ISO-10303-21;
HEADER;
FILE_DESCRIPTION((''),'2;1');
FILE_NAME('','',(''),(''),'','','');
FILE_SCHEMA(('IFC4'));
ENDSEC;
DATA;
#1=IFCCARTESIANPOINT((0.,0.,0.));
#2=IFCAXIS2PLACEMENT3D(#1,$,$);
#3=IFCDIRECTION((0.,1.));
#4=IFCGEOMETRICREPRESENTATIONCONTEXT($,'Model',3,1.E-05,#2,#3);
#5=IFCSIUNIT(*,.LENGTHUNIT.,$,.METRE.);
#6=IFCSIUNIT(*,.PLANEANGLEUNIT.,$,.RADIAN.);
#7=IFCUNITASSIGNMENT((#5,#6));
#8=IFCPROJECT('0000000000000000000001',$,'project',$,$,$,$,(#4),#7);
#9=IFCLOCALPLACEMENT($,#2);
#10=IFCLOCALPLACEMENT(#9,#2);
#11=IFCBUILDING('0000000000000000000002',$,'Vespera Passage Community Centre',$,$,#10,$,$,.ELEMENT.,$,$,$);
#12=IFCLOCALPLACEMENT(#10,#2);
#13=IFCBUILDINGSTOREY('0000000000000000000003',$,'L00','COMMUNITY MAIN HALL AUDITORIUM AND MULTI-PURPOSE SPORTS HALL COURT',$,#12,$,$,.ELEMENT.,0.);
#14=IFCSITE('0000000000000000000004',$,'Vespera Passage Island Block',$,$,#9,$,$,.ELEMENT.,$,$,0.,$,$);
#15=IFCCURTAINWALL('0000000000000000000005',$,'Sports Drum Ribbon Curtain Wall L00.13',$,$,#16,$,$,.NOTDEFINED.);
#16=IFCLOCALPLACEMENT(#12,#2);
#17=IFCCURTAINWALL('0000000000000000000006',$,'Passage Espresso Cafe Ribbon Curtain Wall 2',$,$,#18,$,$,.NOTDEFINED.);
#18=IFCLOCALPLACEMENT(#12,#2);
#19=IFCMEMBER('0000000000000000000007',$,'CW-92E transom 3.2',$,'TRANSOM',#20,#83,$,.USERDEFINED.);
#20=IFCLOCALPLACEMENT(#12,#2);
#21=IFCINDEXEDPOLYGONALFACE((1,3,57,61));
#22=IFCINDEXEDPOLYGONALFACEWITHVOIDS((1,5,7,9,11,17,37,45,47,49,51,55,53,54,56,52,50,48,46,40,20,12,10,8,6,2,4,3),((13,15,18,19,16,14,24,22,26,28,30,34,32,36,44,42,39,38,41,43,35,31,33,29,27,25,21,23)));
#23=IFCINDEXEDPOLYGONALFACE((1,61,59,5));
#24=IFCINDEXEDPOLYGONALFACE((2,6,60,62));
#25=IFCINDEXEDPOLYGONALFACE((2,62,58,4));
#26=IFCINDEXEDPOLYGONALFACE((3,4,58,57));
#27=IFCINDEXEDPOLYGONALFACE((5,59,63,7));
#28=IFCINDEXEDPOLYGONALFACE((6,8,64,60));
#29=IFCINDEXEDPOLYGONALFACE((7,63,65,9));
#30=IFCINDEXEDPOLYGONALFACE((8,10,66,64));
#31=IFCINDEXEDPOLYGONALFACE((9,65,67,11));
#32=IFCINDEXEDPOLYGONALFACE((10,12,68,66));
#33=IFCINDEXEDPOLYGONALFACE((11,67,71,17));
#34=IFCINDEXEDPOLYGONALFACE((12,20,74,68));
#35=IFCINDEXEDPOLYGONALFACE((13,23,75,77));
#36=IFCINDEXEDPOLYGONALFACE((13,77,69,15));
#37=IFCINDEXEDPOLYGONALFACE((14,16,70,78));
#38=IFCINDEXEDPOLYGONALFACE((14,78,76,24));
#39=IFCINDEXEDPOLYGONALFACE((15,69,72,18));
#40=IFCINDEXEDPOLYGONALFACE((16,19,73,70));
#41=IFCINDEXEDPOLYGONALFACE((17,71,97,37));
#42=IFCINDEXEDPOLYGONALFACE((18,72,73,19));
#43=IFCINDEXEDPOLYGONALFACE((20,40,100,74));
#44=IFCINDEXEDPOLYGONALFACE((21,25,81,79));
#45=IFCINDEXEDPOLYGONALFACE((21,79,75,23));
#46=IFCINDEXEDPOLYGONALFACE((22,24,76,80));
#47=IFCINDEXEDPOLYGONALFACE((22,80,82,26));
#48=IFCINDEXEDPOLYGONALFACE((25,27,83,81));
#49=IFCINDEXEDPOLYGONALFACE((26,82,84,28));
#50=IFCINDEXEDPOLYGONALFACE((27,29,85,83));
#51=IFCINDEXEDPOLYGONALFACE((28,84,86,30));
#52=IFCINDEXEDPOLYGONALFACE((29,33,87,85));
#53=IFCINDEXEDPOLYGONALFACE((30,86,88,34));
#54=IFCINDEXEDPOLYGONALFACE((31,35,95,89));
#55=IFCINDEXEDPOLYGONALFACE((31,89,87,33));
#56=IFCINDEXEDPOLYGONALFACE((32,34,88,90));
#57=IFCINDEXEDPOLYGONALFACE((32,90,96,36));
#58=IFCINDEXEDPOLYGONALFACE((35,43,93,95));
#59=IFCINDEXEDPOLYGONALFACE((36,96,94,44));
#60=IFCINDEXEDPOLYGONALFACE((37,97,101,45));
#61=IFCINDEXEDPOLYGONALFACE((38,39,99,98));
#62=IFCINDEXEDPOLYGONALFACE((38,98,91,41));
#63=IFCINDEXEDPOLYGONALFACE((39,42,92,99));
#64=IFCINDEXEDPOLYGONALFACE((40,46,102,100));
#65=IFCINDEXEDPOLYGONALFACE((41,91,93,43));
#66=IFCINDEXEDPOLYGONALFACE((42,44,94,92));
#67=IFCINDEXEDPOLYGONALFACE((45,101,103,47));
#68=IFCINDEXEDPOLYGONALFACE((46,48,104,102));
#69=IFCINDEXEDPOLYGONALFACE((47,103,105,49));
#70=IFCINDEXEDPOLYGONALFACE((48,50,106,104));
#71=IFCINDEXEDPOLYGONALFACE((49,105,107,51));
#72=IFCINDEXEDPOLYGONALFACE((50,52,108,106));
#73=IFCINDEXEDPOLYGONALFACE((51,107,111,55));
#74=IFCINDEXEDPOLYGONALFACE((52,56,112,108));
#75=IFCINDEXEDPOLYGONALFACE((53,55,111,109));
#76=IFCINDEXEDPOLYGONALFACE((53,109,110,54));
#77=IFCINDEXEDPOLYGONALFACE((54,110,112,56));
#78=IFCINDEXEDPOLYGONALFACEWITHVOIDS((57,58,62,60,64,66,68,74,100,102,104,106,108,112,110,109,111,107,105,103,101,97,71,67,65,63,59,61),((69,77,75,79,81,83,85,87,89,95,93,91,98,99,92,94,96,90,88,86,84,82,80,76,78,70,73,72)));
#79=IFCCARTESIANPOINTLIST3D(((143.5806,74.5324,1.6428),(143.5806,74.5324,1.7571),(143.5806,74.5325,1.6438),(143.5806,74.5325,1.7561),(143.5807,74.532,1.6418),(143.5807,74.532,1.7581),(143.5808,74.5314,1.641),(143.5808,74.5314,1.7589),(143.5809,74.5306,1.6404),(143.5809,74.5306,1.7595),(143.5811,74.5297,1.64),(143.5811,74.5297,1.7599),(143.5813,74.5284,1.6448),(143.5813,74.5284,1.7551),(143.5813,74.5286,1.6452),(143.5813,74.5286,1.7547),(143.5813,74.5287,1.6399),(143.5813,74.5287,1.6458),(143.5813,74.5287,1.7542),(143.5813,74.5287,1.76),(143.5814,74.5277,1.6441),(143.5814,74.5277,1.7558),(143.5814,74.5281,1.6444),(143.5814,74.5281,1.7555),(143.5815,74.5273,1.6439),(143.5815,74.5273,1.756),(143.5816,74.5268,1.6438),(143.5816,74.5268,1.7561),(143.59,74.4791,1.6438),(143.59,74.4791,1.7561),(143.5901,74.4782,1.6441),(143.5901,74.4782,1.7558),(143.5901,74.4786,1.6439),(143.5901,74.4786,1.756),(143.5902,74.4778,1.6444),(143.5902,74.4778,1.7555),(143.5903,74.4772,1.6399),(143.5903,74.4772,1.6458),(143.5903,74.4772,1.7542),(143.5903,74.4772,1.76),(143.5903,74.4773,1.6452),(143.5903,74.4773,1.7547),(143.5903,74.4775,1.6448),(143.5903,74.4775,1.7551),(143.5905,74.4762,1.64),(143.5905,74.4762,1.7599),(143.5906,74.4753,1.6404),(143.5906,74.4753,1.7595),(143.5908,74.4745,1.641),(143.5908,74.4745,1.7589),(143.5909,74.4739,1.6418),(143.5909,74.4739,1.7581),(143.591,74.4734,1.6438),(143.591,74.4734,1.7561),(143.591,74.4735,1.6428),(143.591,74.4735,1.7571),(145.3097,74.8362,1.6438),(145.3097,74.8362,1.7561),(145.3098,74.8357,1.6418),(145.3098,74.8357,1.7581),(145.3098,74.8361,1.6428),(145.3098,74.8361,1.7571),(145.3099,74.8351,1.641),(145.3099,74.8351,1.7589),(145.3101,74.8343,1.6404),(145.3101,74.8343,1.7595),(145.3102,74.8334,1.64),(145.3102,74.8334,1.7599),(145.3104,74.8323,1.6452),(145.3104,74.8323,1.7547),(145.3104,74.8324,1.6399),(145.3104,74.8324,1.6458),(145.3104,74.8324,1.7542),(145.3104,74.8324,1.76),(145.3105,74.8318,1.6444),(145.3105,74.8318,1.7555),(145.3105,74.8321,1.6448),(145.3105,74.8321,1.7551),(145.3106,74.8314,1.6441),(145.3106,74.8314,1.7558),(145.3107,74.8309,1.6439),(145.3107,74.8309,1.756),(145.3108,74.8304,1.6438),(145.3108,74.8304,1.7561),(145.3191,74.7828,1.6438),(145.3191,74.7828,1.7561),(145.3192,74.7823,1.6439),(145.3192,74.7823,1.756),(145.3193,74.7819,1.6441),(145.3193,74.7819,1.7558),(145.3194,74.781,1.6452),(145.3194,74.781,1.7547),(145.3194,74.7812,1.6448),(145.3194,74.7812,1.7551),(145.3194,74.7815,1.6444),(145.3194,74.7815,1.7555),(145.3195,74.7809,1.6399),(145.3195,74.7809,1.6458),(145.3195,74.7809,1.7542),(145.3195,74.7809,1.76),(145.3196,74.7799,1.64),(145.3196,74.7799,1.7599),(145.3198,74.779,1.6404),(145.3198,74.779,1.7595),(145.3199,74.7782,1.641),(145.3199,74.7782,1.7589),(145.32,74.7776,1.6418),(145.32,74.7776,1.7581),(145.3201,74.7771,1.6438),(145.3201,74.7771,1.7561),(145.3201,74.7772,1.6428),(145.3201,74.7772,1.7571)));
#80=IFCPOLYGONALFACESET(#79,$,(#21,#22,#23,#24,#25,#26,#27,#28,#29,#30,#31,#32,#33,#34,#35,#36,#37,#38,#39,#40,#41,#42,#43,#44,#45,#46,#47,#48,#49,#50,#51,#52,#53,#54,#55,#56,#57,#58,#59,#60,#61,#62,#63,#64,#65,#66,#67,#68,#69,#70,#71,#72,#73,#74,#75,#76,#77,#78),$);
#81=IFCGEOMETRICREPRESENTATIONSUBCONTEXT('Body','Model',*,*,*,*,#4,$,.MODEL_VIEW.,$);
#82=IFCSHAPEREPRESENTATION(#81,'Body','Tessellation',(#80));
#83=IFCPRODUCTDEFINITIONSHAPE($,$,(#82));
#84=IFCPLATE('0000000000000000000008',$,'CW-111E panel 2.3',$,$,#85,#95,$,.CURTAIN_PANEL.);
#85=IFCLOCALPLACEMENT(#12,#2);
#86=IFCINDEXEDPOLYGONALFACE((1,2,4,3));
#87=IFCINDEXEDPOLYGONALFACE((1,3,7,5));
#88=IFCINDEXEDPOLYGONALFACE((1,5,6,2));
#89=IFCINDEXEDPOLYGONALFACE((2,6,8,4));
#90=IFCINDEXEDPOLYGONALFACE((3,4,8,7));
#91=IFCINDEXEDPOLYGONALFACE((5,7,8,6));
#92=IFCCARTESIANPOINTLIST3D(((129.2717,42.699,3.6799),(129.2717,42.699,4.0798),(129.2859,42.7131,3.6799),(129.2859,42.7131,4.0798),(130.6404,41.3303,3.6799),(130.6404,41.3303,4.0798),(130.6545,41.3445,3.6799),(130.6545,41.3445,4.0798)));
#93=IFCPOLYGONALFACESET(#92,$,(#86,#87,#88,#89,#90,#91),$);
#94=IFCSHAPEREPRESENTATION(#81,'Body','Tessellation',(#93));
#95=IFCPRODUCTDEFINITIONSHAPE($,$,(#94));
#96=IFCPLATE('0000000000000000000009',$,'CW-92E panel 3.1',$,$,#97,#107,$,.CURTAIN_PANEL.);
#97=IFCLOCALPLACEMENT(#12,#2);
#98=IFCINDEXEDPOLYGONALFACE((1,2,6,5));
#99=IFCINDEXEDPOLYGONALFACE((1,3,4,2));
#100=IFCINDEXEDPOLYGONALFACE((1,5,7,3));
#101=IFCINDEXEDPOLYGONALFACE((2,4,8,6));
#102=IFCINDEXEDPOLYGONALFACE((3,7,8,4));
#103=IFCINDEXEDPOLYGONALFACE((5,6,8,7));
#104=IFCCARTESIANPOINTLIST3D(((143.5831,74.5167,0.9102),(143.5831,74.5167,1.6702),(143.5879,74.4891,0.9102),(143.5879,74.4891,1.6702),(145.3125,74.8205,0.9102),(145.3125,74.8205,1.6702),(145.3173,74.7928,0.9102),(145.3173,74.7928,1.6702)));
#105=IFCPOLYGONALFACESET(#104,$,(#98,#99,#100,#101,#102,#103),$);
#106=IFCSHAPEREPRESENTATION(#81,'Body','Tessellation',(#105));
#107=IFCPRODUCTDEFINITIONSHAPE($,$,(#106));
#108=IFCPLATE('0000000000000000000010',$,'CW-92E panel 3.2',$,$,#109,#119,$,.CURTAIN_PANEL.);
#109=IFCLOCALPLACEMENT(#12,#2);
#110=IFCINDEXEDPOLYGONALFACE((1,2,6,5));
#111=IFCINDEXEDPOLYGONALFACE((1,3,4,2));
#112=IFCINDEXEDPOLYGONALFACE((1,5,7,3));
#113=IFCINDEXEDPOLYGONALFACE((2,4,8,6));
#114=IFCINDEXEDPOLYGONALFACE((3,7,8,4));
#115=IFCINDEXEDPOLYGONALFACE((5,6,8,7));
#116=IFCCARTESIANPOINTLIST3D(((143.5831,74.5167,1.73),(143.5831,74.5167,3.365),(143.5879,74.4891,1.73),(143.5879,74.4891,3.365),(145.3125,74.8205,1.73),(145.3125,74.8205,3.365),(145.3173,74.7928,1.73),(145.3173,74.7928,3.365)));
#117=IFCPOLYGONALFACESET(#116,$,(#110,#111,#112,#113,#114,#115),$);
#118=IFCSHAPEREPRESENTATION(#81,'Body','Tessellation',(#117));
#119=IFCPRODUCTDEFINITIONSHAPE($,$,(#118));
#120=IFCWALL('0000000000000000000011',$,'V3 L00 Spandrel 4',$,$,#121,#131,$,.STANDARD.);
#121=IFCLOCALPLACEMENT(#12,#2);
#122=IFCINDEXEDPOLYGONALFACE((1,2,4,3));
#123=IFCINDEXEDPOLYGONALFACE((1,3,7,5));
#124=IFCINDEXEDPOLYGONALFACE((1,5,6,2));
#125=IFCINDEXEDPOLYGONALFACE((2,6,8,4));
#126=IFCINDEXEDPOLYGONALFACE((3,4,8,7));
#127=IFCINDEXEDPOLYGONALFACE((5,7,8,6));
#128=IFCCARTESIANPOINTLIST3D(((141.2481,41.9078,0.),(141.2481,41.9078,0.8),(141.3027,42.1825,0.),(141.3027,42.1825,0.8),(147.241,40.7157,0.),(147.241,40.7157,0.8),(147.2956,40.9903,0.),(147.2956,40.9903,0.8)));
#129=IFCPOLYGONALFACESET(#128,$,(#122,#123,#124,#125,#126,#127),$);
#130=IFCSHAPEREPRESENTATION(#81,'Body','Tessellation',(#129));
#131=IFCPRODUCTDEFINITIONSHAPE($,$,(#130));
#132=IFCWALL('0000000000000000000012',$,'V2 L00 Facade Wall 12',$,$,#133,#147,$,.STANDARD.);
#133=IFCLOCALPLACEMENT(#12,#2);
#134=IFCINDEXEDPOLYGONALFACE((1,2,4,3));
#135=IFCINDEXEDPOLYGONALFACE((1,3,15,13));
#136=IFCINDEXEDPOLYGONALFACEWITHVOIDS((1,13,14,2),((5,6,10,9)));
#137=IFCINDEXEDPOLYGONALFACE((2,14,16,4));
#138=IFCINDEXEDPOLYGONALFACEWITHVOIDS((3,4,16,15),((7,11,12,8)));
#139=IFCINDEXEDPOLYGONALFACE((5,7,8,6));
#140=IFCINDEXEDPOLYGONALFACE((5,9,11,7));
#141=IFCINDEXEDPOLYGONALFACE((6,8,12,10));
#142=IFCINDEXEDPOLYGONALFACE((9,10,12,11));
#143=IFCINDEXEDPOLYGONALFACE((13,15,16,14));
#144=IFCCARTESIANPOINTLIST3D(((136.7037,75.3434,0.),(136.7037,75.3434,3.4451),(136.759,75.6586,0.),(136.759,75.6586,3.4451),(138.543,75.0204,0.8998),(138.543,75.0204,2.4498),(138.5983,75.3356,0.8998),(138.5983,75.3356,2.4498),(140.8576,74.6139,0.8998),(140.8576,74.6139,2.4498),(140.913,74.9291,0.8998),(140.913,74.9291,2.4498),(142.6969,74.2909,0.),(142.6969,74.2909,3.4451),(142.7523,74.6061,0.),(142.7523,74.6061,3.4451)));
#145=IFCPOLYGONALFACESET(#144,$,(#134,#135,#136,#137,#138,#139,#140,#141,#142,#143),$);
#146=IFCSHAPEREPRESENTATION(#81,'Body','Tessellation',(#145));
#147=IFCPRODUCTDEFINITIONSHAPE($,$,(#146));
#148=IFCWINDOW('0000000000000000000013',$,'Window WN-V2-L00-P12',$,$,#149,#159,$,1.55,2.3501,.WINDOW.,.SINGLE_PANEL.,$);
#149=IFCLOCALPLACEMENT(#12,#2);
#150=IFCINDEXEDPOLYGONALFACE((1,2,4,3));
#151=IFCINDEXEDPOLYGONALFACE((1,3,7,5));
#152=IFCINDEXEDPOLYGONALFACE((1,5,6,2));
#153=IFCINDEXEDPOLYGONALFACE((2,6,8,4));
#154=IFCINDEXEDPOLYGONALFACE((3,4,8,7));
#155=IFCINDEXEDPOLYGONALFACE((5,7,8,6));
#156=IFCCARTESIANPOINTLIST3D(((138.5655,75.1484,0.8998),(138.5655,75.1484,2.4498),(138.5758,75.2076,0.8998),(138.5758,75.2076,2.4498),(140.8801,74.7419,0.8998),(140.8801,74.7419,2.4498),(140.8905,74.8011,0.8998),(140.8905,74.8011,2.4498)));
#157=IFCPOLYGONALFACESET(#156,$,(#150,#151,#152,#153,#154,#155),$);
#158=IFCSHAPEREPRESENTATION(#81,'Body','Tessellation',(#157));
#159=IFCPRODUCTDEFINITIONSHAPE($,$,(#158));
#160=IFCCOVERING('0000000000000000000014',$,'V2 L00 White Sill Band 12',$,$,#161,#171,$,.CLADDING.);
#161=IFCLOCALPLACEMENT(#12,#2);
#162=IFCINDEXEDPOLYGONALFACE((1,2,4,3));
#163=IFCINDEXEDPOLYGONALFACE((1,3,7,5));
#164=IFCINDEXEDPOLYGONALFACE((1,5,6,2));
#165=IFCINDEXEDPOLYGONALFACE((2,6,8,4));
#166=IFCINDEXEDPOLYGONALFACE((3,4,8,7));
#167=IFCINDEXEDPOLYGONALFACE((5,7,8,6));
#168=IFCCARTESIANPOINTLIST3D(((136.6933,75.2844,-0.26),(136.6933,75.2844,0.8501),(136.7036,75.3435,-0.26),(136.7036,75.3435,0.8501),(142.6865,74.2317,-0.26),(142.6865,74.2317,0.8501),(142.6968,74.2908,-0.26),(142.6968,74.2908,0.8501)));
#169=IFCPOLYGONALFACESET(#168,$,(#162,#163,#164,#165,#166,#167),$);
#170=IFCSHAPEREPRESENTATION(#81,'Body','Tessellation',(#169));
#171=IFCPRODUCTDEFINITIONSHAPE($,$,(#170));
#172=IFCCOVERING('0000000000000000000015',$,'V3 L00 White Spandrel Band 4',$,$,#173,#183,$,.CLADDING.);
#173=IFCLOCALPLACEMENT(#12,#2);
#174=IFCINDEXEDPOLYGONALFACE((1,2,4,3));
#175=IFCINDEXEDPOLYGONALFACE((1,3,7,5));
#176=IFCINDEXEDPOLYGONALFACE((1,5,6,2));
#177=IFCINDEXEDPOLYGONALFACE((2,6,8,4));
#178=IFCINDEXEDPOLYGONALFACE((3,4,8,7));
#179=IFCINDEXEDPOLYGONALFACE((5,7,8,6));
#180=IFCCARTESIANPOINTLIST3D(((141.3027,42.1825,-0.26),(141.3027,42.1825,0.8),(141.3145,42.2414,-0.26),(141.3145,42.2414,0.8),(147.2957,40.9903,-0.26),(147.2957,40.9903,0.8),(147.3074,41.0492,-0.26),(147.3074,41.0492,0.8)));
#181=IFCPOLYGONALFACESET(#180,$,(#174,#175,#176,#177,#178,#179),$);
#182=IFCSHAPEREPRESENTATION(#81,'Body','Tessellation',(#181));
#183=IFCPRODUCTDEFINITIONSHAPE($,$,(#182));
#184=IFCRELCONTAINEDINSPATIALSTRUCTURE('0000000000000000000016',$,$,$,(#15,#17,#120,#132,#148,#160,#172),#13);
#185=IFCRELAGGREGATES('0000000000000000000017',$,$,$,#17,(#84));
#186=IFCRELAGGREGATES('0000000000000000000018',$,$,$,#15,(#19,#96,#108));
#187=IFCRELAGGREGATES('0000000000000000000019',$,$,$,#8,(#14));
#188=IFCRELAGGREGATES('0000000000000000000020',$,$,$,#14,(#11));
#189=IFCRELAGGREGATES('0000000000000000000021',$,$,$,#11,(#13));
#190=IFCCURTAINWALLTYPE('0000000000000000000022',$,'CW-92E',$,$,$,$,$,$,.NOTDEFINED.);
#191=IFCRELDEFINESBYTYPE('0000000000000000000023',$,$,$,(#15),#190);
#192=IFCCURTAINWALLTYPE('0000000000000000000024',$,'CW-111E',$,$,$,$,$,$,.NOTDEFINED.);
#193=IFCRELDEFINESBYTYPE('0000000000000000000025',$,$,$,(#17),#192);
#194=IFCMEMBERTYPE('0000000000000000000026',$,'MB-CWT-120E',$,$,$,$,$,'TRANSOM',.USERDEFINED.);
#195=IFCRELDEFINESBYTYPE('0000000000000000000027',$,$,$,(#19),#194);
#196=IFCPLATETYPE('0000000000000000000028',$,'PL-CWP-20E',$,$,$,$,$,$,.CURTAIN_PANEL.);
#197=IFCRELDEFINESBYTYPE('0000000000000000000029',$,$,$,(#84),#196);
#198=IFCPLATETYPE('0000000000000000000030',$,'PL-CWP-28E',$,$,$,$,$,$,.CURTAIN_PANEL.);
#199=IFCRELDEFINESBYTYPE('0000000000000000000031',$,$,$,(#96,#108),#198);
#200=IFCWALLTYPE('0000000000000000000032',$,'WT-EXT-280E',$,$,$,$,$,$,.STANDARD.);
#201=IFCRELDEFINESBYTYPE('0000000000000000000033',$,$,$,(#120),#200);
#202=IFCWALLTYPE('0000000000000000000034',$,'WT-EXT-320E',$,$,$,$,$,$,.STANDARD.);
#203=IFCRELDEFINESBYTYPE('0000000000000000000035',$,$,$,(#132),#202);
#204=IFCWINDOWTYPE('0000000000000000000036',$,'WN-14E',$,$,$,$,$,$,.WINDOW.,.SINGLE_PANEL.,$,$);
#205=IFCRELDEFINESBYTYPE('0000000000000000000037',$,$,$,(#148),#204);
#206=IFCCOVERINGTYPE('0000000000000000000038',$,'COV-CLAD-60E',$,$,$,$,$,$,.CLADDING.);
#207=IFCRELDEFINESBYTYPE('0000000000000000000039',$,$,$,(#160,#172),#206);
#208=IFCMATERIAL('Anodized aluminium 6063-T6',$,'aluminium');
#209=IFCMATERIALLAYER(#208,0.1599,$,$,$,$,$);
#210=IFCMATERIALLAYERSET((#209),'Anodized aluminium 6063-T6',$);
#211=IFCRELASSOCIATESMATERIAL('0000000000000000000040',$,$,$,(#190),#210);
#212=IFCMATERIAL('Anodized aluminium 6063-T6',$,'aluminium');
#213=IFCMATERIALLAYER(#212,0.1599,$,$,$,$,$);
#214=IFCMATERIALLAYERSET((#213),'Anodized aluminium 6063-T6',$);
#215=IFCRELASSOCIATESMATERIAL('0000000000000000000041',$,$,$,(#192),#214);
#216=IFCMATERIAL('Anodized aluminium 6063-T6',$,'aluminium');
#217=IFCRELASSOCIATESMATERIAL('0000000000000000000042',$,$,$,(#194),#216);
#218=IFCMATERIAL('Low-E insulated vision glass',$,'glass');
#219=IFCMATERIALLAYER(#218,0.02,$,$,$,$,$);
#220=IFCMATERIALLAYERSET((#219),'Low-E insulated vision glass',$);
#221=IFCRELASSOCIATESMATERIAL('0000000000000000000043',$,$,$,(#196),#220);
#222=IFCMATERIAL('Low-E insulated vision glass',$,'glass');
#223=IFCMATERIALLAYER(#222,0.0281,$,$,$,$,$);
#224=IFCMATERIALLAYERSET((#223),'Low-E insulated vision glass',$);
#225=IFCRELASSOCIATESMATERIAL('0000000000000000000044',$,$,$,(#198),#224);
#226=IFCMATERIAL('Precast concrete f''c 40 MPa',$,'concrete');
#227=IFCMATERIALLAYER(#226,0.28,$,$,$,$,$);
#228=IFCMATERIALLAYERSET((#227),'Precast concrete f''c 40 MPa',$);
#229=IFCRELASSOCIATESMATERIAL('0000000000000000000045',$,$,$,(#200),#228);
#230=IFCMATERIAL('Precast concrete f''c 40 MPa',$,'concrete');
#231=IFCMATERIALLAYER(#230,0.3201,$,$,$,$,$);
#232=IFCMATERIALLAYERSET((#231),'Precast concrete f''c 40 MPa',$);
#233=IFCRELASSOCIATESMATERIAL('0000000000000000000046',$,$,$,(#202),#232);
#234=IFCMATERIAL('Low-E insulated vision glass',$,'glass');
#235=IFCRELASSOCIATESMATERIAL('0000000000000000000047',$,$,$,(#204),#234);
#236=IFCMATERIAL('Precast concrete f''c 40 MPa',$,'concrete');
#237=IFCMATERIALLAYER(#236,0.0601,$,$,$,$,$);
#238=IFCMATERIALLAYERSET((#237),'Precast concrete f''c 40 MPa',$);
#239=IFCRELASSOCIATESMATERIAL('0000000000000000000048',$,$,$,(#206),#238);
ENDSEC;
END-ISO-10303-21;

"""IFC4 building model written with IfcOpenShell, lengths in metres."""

from ifc_helpers import new_model, si_unit, direction, frame, frame_2d, origin, origin_2d, place, context, subcontext, project, spatial, rectangle, hollow_rectangle, extrude, material, layer, layer_set, material_profile, profile_set, type_object, element, fill, aggregate, save


model = new_model("IFC4")

# Units and contexts
model_context = context("Model", 3, precision=1e-05, world=origin(), true_north=direction((0.0, 1.0)))
body_context = subcontext(model_context, "Body", "Model", "MODEL_VIEW")
ifc_project = project(units=[si_unit("LENGTHUNIT", "METRE"), si_unit("PLANEANGLEUNIT", "RADIAN")], contexts=[model_context])

# Site, building, storey
site_placement = place(None, origin())
site = spatial("IfcSite", under=ifc_project, at=site_placement, Name="Vespera Passage Island Block", CompositionType="ELEMENT", RefElevation=0.0)
building_placement = place(site_placement, origin())
building = spatial("IfcBuilding", under=site, at=building_placement, Name="Vespera Passage Community Centre", CompositionType="ELEMENT")
storey_placement = place(building_placement, origin())
storey = spatial("IfcBuildingStorey", under=building, at=storey_placement, Name="L00", Description="COMMUNITY MAIN HALL AUDITORIUM AND MULTI-PURPOSE SPORTS HALL COURT", CompositionType="ELEMENT", Elevation=0.0)

# Curtain wall
ifc_material_1 = material(Name="Anodized aluminium 6063-T6", Category="aluminium")
ifc_layer_1 = layer(ifc_material_1, 0.1599)
ifc_layer_set_1 = layer_set([ifc_layer_1], Name="Anodized aluminium 6063-T6")
curtain_wall_type_1 = type_object("IfcCurtainWallType", Name="CW-92E", PredefinedType="NOTDEFINED", material=ifc_layer_set_1)
curtain_wall_1_placement = place(storey_placement, origin())
curtain_wall_1 = element("IfcCurtainWall", 1, at=curtain_wall_1_placement, inside=storey, type_object=curtain_wall_type_1, Name="Sports Drum Ribbon Curtain Wall L00.13", PredefinedType="NOTDEFINED")

# Curtain wall
ifc_material_2 = material(Name="Anodized aluminium 6063-T6", Category="aluminium")
ifc_layer_2 = layer(ifc_material_2, 0.1599)
ifc_layer_set_2 = layer_set([ifc_layer_2], Name="Anodized aluminium 6063-T6")
curtain_wall_type_2 = type_object("IfcCurtainWallType", Name="CW-111E", PredefinedType="NOTDEFINED", material=ifc_layer_set_2)
curtain_wall_2_placement = place(storey_placement, origin())
curtain_wall_2 = element("IfcCurtainWall", 2, at=curtain_wall_2_placement, inside=storey, type_object=curtain_wall_type_2, Name="Passage Espresso Cafe Ribbon Curtain Wall 2", PredefinedType="NOTDEFINED")

# Member
ifc_material_3 = material(Name="Anodized aluminium 6063-T6", Category="aluminium")
ifc_material_profile_1 = material_profile(ifc_material_3, hollow_rectangle(XDim=0.0601, YDim=0.1201, WallThickness=0.0039, InnerFilletRadius=0.002, OuterFilletRadius=0.0039, at=origin_2d()), Name="ALU120X60X4")
ifc_profile_set_1 = profile_set([ifc_material_profile_1], Name="Anodized aluminium 6063-T6")
member_type_1 = type_object("IfcMemberType", Name="MB-CWT-120E", ElementType="TRANSOM", PredefinedType="USERDEFINED", material=ifc_profile_set_1)
member_1_placement = place(storey_placement, frame((145.3149, 74.8066, 1.7), z_axis=(-0.984925, -0.172984, 0.0), x_axis=(0.172984, -0.984925, 0.0)))
member_1 = element("IfcMember", 3, at=member_1_placement, type_object=member_type_1, Name="CW-92E transom 3.2", ObjectType="TRANSOM", PredefinedType="USERDEFINED", context=body_context, shape_type="SweptSolid", body=[
    extrude(hollow_rectangle(XDim=0.0601, YDim=0.1201, WallThickness=0.0039, InnerFilletRadius=0.002, OuterFilletRadius=0.0039, at=origin_2d()), origin(), (0.0, 0.0, 1.0), 1.7556),
])

# Plates
ifc_material_4 = material(Name="Low-E insulated vision glass", Category="glass")
ifc_layer_3 = layer(ifc_material_4, 0.02)
ifc_layer_set_3 = layer_set([ifc_layer_3], Name="Low-E insulated vision glass")
plate_type_1 = type_object("IfcPlateType", Name="PL-CWP-20E", PredefinedType="CURTAIN_PANEL", material=ifc_layer_set_3)
plate_1_placement = place(storey_placement, frame((129.9631, 42.0217, 3.6799), z_axis=(0.0, 0.0, 1.0), x_axis=(0.707107, -0.707107, 0.0)))
plate_1 = element("IfcPlate", 4, at=plate_1_placement, type_object=plate_type_1, Name="CW-111E panel 2.3", PredefinedType="CURTAIN_PANEL", context=body_context, shape_type="SweptSolid", body=[
    extrude(rectangle(XDim=1.9355, YDim=0.02, at=origin_2d()), origin(), (0.0, 0.0, 1.0), 0.3999),
])
aggregate(curtain_wall_2, [plate_1])
ifc_material_5 = material(Name="Low-E insulated vision glass", Category="glass")
ifc_layer_4 = layer(ifc_material_5, 0.0281)
ifc_layer_set_4 = layer_set([ifc_layer_4], Name="Low-E insulated vision glass")
plate_type_2 = type_object("IfcPlateType", Name="PL-CWP-28E", PredefinedType="CURTAIN_PANEL", material=ifc_layer_set_4)
plate_2_placement = place(storey_placement, frame((144.4502, 74.6548, 0.9102), z_axis=(0.0, 0.0, 1.0), x_axis=(-0.984923, -0.172994, 0.0)))
plate_2 = element("IfcPlate", 5, at=plate_2_placement, type_object=plate_type_2, Name="CW-92E panel 3.1", PredefinedType="CURTAIN_PANEL", context=body_context, shape_type="SweptSolid", body=[
    extrude(rectangle(XDim=1.7559, YDim=0.0281, at=origin_2d()), origin(), (0.0, 0.0, 1.0), 0.76),
])
plate_3_placement = place(storey_placement, frame((144.4502, 74.6548, 1.73), z_axis=(0.0, 0.0, 1.0), x_axis=(-0.984923, -0.172994, 0.0)))
plate_3 = element("IfcPlate", 6, at=plate_3_placement, type_object=plate_type_2, Name="CW-92E panel 3.2", PredefinedType="CURTAIN_PANEL", context=body_context, shape_type="SweptSolid", body=[
    extrude(rectangle(XDim=1.7559, YDim=0.0281, at=origin_2d()), origin(), (0.0, 0.0, 1.0), 1.635),
])
aggregate(curtain_wall_1, [member_1, plate_2, plate_3])

# Wall
ifc_material_6 = material(Name="Precast concrete f'c 40 MPa", Category="concrete")
ifc_layer_5 = layer(ifc_material_6, 0.28)
ifc_layer_set_5 = layer_set([ifc_layer_5], Name="Precast concrete f'c 40 MPa")
wall_type_1 = type_object("IfcWallType", Name="WT-EXT-280E", PredefinedType="STANDARD", material=ifc_layer_set_5)
wall_1_placement = place(storey_placement, frame((141.2754, 42.0452, 0.0), z_axis=(0.0, 0.0, 1.0), x_axis=(0.980783, -0.195102, 0.0)))
element("IfcWall", 7, at=wall_1_placement, inside=storey, type_object=wall_type_1, Name="V3 L00 Spandrel 4", PredefinedType="STANDARD", context=body_context, shape_type="SweptSolid", body=[
    extrude(rectangle(XDim=6.1104, YDim=0.28, at=frame_2d((3.0552, 0.0))), origin(), (0.0, 0.0, 1.0), 0.8),
])

# Wall, opening, window
ifc_material_7 = material(Name="Precast concrete f'c 40 MPa", Category="concrete")
ifc_layer_6 = layer(ifc_material_7, 0.3201)
ifc_layer_set_6 = layer_set([ifc_layer_6], Name="Precast concrete f'c 40 MPa")
wall_type_2 = type_object("IfcWallType", Name="WT-EXT-320E", PredefinedType="STANDARD", material=ifc_layer_set_6)
wall_2_placement = place(storey_placement, frame((142.7246, 74.4485, 0.0), z_axis=(0.0, 0.0, 1.0), x_axis=(-0.984927, 0.172968, 0.0)))
wall_2 = element("IfcWall", 8, at=wall_2_placement, inside=storey, type_object=wall_type_2, Name="V2 L00 Facade Wall 12", PredefinedType="STANDARD", context=body_context, shape_type="SweptSolid", body=[
    extrude(rectangle(XDim=6.085, YDim=0.3201, at=frame_2d((3.0425, 0.0))), origin(), (0.0, 0.0, 1.0), 3.4451),
])
opening_placement = place(wall_2_placement, frame((1.8674, 0.0, 0.8999)))
opening = element("IfcOpeningElement", 9, at=opening_placement, cuts=wall_2, PredefinedType="OPENING", context=body_context, shape_type="SweptSolid", body=[
    extrude(rectangle(XDim=2.3501, YDim=1.55, at=frame_2d((1.175, 0.7749))), frame((0.0, 0.1702, 0.0), z_axis=(0.0, -1.0, 0.0), x_axis=(1.0, 0.0, 0.0)), (0.0, 0.0, 1.0), 0.3401),
])
ifc_material_8 = material(Name="Low-E insulated vision glass", Category="glass")
window_type = type_object("IfcWindowType", Name="WN-14E", PartitioningType="SINGLE_PANEL", PredefinedType="WINDOW", material=ifc_material_8)
window_placement = place(opening_placement, origin())
window = element("IfcWindow", 10, at=window_placement, inside=storey, type_object=window_type, Name="Window WN-V2-L00-P12", OverallHeight=1.55, OverallWidth=2.3501, PartitioningType="SINGLE_PANEL", PredefinedType="WINDOW", context=body_context, shape_type="SweptSolid", body=[
    extrude(rectangle(XDim=2.3501, YDim=1.55, at=frame_2d((1.175, 0.7749))), frame((0.0, 0.03, 0.0), z_axis=(0.0, -1.0, 0.0), x_axis=(1.0, 0.0, 0.0)), (0.0, 0.0, 1.0), 0.0601),
])
fill(opening, window)

# Coverings
ifc_material_9 = material(Name="Precast concrete f'c 40 MPa", Category="concrete")
ifc_layer_7 = layer(ifc_material_9, 0.0601)
ifc_layer_set_7 = layer_set([ifc_layer_7], Name="Precast concrete f'c 40 MPa")
covering_type = type_object("IfcCoveringType", Name="COV-CLAD-60E", PredefinedType="CLADDING", material=ifc_layer_set_7)
covering_1_placement = place(storey_placement, frame((142.6917, 74.2612, -0.26), z_axis=(0.0, 0.0, 1.0), x_axis=(-0.984921, 0.173007, 0.0)))
element("IfcCovering", 11, at=covering_1_placement, inside=storey, type_object=covering_type, Name="V2 L00 White Sill Band 12", PredefinedType="CLADDING", context=body_context, shape_type="SweptSolid", body=[
    extrude(rectangle(XDim=6.085, YDim=0.0601, at=frame_2d((3.0425, 0.0))), origin(), (0.0, 0.0, 1.0), 1.1101),
])
covering_2_placement = place(storey_placement, frame((141.3086, 42.2119, -0.26), z_axis=(0.0, 0.0, 1.0), x_axis=(0.980783, -0.195102, 0.0)))
element("IfcCovering", 12, at=covering_2_placement, inside=storey, type_object=covering_type, Name="V3 L00 White Spandrel Band 4", PredefinedType="CLADDING", context=body_context, shape_type="SweptSolid", body=[
    extrude(rectangle(XDim=6.1104, YDim=0.0601, at=frame_2d((3.0552, 0.0))), origin(), (0.0, 0.0, 1.0), 1.0601),
])

save(model, "model.ifc")
